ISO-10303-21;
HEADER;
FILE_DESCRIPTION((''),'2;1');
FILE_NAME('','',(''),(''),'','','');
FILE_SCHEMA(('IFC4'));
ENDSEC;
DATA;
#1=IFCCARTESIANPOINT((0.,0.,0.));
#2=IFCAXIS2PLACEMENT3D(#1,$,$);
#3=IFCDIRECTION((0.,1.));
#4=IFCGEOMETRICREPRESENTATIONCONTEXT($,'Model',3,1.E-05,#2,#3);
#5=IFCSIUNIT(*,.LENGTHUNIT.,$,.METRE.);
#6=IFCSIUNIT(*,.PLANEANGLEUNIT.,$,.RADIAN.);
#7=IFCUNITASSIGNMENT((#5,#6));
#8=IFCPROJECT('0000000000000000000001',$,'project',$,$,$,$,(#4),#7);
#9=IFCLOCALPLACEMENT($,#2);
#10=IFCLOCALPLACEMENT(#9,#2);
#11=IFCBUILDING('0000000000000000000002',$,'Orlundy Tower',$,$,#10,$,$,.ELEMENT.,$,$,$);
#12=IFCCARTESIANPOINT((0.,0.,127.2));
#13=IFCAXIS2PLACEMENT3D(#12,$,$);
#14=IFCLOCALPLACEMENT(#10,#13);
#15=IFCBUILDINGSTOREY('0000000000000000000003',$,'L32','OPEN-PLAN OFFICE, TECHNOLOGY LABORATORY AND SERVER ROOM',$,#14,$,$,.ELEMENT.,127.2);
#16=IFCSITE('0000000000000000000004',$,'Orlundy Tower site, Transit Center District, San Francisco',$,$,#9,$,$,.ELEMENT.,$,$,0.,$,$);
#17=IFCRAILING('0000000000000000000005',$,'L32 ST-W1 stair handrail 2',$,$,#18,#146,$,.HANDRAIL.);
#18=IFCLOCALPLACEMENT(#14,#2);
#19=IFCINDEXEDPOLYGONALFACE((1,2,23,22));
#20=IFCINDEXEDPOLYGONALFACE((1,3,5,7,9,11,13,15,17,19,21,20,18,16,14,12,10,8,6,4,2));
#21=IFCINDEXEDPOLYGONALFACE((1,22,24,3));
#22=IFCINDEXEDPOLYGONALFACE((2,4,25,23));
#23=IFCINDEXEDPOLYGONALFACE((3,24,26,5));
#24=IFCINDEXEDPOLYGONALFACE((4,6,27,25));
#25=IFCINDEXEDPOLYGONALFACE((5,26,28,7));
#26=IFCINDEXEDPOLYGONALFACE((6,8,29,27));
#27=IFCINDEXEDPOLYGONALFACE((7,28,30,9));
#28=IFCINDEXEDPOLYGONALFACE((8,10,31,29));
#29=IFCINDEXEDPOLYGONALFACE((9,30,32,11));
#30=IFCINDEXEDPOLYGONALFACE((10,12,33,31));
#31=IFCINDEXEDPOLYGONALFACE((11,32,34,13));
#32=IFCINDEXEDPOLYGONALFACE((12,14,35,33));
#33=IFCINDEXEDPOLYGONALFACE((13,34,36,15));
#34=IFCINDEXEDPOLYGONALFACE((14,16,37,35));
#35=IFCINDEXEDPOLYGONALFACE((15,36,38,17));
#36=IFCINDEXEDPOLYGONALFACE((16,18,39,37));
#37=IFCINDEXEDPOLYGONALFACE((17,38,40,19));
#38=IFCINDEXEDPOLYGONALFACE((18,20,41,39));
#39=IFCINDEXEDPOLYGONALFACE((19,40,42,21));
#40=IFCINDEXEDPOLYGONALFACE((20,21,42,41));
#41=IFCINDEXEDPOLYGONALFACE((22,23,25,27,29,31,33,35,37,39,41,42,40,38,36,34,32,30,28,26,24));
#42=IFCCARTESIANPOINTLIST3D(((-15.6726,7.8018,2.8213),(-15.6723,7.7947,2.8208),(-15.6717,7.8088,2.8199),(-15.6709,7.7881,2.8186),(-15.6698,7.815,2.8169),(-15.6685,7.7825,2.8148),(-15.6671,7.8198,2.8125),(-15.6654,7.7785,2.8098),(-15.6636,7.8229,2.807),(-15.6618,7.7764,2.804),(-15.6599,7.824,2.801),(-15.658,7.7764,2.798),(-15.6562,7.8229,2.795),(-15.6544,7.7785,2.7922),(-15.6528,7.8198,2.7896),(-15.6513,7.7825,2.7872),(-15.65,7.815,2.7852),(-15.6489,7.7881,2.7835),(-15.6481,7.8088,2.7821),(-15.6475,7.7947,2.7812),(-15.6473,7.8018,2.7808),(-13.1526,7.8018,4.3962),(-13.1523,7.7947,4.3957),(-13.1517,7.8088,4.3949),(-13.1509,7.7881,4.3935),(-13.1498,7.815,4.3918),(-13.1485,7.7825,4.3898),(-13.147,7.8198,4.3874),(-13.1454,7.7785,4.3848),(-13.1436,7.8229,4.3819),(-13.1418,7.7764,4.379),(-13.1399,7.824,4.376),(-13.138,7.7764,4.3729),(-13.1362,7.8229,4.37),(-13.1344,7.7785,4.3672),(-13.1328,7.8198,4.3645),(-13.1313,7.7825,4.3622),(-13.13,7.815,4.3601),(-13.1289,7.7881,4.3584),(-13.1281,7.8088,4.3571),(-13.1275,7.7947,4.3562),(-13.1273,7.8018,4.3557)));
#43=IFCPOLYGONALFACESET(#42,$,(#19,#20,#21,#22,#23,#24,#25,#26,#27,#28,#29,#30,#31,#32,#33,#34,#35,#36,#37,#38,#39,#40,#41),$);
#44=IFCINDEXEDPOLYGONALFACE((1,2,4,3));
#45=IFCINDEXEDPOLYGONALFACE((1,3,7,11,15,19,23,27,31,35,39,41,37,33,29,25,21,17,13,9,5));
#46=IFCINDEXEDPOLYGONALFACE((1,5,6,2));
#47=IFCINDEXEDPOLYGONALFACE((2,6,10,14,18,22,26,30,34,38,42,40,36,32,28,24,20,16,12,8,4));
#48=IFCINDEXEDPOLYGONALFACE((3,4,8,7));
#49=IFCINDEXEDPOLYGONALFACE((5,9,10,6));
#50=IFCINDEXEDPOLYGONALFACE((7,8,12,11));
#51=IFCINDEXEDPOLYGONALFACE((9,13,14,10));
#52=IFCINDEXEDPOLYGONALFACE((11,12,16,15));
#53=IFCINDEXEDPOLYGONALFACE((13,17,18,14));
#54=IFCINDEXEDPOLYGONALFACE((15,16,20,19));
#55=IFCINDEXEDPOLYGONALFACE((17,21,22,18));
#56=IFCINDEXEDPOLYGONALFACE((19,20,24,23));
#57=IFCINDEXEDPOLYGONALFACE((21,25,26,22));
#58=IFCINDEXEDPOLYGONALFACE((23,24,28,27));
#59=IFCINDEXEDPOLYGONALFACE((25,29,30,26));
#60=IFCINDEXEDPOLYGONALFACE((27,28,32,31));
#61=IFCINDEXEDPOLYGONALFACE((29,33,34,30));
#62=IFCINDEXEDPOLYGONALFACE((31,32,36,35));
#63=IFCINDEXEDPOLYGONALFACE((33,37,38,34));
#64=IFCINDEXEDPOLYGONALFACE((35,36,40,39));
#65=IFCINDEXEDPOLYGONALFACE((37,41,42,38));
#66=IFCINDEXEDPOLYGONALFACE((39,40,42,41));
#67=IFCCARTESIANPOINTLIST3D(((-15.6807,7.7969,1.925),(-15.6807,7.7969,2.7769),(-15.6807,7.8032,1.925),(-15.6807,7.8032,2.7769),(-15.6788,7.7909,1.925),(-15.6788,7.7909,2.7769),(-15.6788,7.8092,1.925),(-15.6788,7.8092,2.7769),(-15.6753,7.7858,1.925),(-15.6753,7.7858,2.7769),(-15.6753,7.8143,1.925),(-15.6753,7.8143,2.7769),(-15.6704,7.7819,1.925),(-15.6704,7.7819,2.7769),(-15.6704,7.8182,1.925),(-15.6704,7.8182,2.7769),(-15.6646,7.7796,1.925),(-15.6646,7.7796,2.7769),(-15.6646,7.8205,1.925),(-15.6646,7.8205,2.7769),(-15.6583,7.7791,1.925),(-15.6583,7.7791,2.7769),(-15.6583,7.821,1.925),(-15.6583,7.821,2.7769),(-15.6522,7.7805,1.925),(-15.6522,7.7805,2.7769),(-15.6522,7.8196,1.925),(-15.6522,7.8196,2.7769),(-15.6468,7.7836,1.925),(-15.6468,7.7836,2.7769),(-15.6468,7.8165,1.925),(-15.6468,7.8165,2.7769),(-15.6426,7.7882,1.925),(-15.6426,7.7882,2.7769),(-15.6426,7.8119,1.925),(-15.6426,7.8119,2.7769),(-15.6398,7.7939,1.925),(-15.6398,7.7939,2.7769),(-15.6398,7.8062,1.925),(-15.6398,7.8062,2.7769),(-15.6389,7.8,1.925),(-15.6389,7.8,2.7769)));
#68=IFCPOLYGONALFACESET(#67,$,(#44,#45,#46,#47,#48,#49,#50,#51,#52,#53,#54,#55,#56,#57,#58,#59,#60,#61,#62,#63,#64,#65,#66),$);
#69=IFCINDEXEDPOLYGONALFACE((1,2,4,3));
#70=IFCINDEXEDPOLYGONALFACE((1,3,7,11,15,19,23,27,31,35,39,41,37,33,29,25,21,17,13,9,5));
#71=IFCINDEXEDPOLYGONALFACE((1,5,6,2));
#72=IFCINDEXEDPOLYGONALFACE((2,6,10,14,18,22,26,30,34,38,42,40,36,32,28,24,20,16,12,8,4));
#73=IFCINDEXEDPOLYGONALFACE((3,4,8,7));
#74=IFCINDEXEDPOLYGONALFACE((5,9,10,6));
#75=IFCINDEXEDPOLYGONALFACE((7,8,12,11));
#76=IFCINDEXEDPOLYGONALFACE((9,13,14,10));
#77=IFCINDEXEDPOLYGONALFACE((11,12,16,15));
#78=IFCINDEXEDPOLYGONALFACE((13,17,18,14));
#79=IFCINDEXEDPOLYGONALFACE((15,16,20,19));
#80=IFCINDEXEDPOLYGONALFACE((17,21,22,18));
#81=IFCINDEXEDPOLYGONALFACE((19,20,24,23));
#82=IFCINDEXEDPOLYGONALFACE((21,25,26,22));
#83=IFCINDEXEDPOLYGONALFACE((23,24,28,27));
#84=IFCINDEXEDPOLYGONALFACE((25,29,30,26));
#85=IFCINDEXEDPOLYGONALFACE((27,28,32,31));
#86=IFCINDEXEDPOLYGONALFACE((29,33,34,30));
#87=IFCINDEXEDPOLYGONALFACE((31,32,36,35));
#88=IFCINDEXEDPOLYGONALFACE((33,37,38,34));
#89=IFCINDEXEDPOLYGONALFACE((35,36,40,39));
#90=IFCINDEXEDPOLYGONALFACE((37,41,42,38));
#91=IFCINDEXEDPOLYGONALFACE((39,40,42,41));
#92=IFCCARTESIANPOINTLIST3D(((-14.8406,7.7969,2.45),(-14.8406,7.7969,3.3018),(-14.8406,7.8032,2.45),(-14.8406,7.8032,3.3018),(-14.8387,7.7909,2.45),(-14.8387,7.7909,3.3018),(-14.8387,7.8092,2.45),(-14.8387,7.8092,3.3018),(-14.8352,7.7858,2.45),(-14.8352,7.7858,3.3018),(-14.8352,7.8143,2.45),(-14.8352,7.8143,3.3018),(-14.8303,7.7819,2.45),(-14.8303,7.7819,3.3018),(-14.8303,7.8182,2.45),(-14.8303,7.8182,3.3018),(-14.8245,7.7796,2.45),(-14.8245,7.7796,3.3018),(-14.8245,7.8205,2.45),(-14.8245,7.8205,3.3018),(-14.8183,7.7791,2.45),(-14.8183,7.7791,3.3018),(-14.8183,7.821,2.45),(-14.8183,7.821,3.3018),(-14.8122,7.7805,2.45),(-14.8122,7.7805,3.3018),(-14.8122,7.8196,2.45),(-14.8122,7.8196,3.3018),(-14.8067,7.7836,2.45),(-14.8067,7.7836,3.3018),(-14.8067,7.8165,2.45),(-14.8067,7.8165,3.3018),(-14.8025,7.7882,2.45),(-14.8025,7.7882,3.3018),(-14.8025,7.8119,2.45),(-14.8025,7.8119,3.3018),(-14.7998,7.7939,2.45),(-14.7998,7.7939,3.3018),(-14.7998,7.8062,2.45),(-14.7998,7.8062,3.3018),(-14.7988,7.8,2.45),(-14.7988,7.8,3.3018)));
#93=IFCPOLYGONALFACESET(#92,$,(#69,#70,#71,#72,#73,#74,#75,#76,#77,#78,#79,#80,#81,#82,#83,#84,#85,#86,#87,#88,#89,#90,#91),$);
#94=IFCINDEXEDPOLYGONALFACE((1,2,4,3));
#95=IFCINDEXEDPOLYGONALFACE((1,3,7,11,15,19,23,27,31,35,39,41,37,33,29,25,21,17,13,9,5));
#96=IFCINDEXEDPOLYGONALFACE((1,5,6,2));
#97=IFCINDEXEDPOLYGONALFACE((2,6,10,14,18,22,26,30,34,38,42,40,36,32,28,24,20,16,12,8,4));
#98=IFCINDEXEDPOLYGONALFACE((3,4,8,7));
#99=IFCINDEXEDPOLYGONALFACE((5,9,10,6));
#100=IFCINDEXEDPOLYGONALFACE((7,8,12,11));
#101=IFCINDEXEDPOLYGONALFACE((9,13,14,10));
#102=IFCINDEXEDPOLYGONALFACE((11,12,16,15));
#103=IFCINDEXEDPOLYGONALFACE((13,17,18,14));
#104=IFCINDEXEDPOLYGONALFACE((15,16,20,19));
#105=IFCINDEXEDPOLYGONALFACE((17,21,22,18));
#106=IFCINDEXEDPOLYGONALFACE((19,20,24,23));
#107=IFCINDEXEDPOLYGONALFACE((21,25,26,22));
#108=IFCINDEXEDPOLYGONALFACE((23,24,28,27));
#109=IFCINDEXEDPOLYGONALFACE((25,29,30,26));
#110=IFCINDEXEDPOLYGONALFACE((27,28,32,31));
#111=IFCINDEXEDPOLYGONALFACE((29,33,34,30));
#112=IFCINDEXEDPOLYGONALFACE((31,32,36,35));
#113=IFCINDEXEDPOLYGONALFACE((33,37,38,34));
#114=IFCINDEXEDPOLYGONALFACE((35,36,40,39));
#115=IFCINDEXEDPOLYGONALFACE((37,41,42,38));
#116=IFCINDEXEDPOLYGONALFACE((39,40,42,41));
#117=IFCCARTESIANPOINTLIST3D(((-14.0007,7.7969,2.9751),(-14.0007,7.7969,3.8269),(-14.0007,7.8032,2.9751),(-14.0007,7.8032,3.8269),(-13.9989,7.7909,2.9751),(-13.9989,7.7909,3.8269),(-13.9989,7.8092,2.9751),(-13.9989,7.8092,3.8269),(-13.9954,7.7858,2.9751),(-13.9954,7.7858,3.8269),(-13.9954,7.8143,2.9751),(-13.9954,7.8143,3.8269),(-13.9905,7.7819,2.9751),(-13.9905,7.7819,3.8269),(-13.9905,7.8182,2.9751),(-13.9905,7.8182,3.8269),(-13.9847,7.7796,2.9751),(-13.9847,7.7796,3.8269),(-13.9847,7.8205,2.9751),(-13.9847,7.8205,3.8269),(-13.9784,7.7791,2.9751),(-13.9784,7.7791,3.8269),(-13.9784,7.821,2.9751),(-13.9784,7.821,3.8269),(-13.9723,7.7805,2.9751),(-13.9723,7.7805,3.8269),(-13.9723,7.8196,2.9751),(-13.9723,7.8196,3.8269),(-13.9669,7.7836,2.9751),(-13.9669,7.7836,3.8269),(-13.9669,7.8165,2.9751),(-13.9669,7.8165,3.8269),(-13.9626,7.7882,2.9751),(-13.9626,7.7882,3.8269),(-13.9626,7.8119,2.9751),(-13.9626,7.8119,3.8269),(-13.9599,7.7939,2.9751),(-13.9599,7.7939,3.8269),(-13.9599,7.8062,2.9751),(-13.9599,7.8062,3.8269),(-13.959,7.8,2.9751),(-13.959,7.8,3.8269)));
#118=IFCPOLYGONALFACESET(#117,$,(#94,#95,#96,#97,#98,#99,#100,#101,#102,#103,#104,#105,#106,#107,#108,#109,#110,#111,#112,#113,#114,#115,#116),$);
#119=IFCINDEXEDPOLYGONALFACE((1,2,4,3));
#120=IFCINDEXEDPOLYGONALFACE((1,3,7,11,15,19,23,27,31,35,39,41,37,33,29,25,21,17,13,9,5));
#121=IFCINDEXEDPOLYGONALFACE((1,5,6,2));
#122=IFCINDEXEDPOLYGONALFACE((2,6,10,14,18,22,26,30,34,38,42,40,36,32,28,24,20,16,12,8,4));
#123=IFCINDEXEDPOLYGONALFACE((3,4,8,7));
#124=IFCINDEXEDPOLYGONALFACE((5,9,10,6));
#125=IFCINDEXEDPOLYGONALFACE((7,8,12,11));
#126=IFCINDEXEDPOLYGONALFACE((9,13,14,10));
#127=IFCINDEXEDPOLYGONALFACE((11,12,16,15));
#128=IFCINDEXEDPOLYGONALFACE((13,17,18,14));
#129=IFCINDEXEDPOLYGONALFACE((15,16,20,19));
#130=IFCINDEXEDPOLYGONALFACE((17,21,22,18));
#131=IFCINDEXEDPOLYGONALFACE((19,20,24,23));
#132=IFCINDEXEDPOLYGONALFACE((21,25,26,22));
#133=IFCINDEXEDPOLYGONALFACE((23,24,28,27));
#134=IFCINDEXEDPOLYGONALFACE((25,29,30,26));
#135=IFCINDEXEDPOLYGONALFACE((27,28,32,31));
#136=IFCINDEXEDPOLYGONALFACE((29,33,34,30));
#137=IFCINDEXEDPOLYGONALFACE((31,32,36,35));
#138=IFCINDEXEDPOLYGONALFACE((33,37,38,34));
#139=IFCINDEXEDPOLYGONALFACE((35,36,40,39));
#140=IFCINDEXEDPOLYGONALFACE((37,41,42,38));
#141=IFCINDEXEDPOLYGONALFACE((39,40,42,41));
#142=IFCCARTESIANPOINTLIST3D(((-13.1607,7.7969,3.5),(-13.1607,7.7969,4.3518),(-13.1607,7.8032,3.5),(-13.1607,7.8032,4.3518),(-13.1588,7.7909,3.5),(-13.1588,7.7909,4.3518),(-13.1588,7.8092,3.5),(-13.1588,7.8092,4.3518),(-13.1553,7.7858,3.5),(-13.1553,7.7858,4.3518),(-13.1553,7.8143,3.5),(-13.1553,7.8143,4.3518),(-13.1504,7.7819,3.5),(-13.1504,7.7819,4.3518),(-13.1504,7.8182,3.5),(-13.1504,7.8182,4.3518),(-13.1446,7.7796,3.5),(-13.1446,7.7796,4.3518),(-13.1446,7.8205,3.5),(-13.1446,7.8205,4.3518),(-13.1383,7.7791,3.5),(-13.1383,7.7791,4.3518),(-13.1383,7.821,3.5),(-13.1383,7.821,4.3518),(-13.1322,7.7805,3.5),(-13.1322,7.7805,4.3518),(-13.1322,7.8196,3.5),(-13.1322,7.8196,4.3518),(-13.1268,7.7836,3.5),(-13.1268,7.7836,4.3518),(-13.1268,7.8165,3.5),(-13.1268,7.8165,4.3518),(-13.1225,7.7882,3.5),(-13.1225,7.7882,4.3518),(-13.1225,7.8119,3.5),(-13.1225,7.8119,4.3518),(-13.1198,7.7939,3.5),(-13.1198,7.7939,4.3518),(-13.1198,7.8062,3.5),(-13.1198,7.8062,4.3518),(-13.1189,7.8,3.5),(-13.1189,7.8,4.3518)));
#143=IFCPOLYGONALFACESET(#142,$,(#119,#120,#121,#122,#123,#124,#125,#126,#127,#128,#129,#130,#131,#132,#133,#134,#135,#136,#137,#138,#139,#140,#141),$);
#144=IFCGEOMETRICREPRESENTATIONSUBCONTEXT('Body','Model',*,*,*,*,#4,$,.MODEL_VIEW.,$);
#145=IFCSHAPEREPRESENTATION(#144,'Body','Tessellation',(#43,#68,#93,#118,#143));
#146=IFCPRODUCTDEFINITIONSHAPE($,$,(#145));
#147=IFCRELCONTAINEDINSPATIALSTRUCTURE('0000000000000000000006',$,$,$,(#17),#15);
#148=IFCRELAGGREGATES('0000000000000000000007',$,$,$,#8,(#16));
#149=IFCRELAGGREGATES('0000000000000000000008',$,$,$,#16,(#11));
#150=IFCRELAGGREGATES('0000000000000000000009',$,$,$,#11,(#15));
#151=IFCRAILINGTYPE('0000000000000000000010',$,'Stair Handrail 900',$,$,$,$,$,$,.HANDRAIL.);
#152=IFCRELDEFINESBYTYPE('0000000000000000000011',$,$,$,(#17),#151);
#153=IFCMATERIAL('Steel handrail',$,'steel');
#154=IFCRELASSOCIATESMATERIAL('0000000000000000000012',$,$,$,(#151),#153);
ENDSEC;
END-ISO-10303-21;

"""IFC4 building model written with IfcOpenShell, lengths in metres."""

from ifc_helpers import new_model, si_unit, direction, frame, origin, origin_2d, place, context, subcontext, project, spatial, circle, extrude, material, type_object, element, save


model = new_model("IFC4")

# Units and contexts
model_context = context("Model", 3, precision=1e-05, world=origin(), true_north=direction((0.0, 1.0)))
body_context = subcontext(model_context, "Body", "Model", "MODEL_VIEW")
ifc_project = project(units=[si_unit("LENGTHUNIT", "METRE"), si_unit("PLANEANGLEUNIT", "RADIAN")], contexts=[model_context])

# Site, building, storey
site_placement = place(None, origin())
site = spatial("IfcSite", under=ifc_project, at=site_placement, Name="Orlundy Tower site, Transit Center District, San Francisco", CompositionType="ELEMENT", RefElevation=0.0)
building_placement = place(site_placement, origin())
building = spatial("IfcBuilding", under=site, at=building_placement, Name="Orlundy Tower", CompositionType="ELEMENT")
storey_placement = place(building_placement, frame((0.0, 0.0, 127.2)))
storey = spatial("IfcBuildingStorey", under=building, at=storey_placement, Name="L32", Description="OPEN-PLAN OFFICE, TECHNOLOGY LABORATORY AND SERVER ROOM", CompositionType="ELEMENT", Elevation=127.2)

# Railing
ifc_material_1 = material(Name="Steel handrail", Category="steel")
railing_type_1 = type_object("IfcRailingType", Name="Stair Handrail 900", PredefinedType="HANDRAIL", material=ifc_material_1)
railing_1_placement = place(storey_placement, frame((-15.6599, 7.8, 1.925)))
element("IfcRailing", 1, at=railing_1_placement, inside=storey, type_object=railing_type_1, Name="L32 ST-W1 stair handrail 2", PredefinedType="HANDRAIL", context=body_context, shape_type="SweptSolid", body=[
    extrude(circle(Radius=0.0239, at=origin_2d()), frame((0.0, 0.0, 0.876), z_axis=(0.848008, 0.0, 0.529984), x_axis=(0.0, 1.0, 0.0)), (0.0, 0.0, 1.0), 2.9717),
    extrude(circle(Radius=0.021, at=origin_2d()), origin(), (0.0, 0.0, 1.0), 0.8518),
    extrude(circle(Radius=0.021, at=origin_2d()), frame((0.8401, 0.0, 0.5249)), (0.0, 0.0, 1.0), 0.8518),
    extrude(circle(Radius=0.021, at=origin_2d()), frame((1.6799, 0.0, 1.05)), (0.0, 0.0, 1.0), 0.8518),
    extrude(circle(Radius=0.021, at=origin_2d()), frame((2.52, 0.0, 1.575)), (0.0, 0.0, 1.0), 0.8518),
])

save(model, "model.ifc")
